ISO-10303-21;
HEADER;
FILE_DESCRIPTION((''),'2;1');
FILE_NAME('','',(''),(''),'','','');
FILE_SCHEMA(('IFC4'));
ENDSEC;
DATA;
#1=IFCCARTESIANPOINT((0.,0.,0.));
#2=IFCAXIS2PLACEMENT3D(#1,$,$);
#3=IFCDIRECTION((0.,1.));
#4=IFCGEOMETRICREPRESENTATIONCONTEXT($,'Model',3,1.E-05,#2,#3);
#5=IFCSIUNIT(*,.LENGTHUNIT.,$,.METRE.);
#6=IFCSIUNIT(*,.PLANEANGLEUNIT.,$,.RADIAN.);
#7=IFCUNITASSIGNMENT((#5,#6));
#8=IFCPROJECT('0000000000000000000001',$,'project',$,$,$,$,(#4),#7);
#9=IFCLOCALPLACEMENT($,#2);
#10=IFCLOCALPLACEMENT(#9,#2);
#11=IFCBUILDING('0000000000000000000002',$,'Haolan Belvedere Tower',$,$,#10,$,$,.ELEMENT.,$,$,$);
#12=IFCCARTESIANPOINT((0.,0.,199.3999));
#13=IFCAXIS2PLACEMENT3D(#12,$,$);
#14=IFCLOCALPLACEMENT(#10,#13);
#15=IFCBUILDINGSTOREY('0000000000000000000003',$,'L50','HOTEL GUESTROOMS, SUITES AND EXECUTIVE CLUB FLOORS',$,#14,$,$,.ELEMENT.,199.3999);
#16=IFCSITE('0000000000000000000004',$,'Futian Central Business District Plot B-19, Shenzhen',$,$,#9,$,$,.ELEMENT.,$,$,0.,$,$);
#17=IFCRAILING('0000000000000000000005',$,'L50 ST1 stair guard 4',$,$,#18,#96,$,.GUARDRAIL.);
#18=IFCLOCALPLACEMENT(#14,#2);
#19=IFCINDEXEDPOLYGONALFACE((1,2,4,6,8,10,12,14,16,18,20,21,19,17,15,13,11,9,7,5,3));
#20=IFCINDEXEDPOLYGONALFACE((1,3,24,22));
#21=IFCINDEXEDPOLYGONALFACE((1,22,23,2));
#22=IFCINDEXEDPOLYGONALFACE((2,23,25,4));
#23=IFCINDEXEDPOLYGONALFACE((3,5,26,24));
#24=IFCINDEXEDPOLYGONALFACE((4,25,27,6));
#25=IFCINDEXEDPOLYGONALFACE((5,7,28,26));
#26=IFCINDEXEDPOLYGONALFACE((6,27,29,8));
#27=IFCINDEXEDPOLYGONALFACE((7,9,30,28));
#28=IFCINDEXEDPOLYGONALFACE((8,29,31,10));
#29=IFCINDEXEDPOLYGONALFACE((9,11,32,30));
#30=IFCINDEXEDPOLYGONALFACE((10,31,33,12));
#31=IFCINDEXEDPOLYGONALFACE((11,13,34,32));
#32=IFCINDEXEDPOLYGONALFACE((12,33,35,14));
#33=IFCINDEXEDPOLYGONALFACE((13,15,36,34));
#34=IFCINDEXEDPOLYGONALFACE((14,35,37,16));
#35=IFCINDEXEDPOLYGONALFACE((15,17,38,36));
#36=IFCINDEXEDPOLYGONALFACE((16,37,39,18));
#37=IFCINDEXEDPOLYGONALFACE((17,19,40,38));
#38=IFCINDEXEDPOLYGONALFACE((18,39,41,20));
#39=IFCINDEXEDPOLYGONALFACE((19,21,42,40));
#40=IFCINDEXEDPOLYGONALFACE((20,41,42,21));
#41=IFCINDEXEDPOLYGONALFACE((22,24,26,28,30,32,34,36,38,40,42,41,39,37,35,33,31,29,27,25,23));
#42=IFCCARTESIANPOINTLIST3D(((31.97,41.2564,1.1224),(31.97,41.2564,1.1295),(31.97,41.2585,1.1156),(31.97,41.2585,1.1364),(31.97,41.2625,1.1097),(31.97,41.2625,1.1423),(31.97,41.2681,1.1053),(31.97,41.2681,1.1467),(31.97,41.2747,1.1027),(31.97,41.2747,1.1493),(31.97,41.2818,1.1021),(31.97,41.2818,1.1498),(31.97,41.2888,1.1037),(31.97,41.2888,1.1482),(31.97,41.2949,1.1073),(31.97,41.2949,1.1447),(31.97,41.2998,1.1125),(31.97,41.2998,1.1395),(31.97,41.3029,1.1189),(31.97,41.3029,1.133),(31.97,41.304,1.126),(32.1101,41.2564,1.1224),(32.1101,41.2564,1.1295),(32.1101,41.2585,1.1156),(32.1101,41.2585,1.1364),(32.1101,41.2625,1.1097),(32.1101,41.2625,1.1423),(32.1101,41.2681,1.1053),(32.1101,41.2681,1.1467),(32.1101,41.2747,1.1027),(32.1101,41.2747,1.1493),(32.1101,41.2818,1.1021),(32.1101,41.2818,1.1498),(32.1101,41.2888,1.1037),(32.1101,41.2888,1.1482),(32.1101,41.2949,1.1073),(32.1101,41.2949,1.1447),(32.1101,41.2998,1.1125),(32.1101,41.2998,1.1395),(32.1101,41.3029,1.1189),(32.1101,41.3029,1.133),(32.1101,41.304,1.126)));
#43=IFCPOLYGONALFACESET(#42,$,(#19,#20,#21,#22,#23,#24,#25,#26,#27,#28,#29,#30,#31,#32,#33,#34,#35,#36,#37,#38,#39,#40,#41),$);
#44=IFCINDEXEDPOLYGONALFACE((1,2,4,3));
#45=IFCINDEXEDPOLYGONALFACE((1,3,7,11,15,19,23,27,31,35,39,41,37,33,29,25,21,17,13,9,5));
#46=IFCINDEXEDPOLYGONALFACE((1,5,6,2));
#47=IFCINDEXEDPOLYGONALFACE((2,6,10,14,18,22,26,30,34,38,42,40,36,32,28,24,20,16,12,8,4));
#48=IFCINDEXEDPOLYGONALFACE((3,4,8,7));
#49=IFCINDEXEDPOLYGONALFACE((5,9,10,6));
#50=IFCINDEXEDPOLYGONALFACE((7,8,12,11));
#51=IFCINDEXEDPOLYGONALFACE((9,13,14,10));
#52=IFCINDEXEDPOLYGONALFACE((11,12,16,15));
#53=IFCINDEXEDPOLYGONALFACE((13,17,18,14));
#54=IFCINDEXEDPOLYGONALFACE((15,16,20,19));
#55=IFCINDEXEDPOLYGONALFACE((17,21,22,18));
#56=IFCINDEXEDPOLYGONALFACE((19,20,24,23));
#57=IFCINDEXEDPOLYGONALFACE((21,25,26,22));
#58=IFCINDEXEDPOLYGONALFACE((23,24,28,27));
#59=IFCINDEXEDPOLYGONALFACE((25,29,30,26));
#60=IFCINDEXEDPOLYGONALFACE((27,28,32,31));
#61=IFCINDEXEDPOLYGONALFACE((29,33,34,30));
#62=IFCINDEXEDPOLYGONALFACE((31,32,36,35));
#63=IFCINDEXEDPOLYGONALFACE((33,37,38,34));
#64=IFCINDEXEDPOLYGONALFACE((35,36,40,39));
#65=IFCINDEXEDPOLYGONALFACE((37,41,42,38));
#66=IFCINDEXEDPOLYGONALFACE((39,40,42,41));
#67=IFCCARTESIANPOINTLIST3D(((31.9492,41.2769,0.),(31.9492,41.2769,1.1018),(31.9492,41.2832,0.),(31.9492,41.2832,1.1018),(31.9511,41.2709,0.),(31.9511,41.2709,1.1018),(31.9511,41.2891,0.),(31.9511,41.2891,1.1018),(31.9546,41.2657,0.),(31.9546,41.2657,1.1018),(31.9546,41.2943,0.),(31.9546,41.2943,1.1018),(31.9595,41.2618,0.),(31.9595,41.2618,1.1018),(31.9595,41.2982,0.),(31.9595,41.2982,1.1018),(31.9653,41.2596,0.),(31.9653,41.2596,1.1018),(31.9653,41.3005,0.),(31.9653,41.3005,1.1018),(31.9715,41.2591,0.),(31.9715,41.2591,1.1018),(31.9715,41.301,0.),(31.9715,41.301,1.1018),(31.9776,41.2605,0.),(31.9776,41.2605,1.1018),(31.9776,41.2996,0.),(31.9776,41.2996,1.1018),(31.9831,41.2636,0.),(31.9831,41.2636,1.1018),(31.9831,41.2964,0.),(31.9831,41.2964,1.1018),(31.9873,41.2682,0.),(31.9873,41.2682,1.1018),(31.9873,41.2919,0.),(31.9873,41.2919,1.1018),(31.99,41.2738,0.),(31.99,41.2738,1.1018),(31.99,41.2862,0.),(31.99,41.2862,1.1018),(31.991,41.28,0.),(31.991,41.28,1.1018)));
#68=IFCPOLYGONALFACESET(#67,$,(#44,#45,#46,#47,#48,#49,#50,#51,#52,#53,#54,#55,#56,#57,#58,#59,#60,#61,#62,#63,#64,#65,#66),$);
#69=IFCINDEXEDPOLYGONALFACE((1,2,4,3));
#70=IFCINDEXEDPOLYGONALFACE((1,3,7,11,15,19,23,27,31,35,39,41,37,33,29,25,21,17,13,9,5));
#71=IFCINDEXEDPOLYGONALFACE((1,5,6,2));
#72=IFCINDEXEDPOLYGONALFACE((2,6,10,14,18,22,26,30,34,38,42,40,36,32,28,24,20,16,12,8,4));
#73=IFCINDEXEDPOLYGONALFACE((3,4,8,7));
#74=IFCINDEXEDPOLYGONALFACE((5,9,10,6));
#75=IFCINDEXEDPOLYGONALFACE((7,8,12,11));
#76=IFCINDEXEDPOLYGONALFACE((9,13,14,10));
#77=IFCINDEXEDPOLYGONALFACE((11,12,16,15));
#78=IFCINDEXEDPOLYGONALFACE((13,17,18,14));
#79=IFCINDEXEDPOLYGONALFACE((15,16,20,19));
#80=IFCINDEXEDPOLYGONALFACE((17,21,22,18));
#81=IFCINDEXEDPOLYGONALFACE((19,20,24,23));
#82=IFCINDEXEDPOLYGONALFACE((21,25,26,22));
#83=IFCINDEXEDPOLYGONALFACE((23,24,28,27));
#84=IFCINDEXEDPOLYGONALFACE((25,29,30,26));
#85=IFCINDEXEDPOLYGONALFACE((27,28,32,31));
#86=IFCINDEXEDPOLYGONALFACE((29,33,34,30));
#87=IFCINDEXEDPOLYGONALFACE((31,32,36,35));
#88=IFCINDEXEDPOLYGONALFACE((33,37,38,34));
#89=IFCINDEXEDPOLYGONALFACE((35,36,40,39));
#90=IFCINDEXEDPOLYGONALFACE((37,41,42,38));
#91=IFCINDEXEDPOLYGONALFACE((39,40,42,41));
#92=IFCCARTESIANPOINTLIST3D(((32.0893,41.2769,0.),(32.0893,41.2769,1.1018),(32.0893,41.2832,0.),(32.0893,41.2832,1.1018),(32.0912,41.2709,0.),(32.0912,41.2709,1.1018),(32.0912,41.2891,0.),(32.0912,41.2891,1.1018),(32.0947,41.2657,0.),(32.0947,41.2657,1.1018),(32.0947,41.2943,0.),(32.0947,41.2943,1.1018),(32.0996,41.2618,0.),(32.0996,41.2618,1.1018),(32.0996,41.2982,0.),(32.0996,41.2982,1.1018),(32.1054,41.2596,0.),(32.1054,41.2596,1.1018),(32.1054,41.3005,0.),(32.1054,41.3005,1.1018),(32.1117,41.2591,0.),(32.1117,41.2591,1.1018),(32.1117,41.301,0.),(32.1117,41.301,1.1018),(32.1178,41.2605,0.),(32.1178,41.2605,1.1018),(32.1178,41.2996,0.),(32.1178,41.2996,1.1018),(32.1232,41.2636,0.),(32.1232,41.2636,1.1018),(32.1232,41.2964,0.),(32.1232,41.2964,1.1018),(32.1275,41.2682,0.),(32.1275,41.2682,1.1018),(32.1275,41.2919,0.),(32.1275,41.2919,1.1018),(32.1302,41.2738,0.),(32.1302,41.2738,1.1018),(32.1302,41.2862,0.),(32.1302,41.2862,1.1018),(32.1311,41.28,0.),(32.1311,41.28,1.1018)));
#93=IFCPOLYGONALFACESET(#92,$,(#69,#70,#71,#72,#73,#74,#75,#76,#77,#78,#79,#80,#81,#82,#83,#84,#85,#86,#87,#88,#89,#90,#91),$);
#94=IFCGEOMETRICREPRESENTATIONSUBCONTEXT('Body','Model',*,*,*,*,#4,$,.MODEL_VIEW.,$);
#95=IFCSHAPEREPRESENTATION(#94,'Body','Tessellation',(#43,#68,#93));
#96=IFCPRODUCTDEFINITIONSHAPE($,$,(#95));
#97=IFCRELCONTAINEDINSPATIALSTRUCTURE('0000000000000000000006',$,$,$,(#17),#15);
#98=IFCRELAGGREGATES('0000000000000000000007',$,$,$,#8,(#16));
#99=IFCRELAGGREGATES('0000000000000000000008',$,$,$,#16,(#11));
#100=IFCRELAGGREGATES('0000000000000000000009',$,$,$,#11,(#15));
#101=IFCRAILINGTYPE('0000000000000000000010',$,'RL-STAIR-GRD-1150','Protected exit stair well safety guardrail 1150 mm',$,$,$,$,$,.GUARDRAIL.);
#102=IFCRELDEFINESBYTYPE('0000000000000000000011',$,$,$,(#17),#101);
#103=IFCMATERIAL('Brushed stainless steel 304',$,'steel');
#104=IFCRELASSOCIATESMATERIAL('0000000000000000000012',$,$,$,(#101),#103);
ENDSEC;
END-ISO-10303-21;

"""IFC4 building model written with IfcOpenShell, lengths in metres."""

from ifc_helpers import new_model, si_unit, direction, frame, origin, origin_2d, place, context, subcontext, project, spatial, circle, extrude, material, type_object, element, save


model = new_model("IFC4")

# Units and contexts
model_context = context("Model", 3, precision=1e-05, world=origin(), true_north=direction((0.0, 1.0)))
body_context = subcontext(model_context, "Body", "Model", "MODEL_VIEW")
ifc_project = project(units=[si_unit("LENGTHUNIT", "METRE"), si_unit("PLANEANGLEUNIT", "RADIAN")], contexts=[model_context])

# Site, building, storey
site_placement = place(None, origin())
site = spatial("IfcSite", under=ifc_project, at=site_placement, Name="Futian Central Business District Plot B-19, Shenzhen", CompositionType="ELEMENT", RefElevation=0.0)
building_placement = place(site_placement, origin())
building = spatial("IfcBuilding", under=site, at=building_placement, Name="Haolan Belvedere Tower", CompositionType="ELEMENT")
storey_placement = place(building_placement, frame((0.0, 0.0, 199.3999)))
storey = spatial("IfcBuildingStorey", under=building, at=storey_placement, Name="L50", Description="HOTEL GUESTROOMS, SUITES AND EXECUTIVE CLUB FLOORS", CompositionType="ELEMENT", Elevation=199.3999)

# Railing
ifc_material_1 = material(Name="Brushed stainless steel 304", Category="steel")
railing_type_1 = type_object("IfcRailingType", Name="RL-STAIR-GRD-1150", Description="Protected exit stair well safety guardrail 1150 mm", PredefinedType="GUARDRAIL", material=ifc_material_1)
railing_1_placement = place(storey_placement, frame((31.97, 41.28, 0.0)))
element("IfcRailing", 1, at=railing_1_placement, inside=storey, type_object=railing_type_1, Name="L50 ST1 stair guard 4", PredefinedType="GUARDRAIL", context=body_context, shape_type="SweptSolid", body=[
    extrude(circle(Radius=0.0239, at=origin_2d()), frame((0.0, 0.0, 1.126), z_axis=(1.0, 0.0, 0.0), x_axis=(0.0, 1.0, 0.0)), (0.0, 0.0, 1.0), 0.1401),
    extrude(circle(Radius=0.021, at=origin_2d()), origin(), (0.0, 0.0, 1.0), 1.1018),
    extrude(circle(Radius=0.021, at=origin_2d()), frame((0.1401, 0.0, 0.0)), (0.0, 0.0, 1.0), 1.1018),
])

save(model, "model.ifc")
